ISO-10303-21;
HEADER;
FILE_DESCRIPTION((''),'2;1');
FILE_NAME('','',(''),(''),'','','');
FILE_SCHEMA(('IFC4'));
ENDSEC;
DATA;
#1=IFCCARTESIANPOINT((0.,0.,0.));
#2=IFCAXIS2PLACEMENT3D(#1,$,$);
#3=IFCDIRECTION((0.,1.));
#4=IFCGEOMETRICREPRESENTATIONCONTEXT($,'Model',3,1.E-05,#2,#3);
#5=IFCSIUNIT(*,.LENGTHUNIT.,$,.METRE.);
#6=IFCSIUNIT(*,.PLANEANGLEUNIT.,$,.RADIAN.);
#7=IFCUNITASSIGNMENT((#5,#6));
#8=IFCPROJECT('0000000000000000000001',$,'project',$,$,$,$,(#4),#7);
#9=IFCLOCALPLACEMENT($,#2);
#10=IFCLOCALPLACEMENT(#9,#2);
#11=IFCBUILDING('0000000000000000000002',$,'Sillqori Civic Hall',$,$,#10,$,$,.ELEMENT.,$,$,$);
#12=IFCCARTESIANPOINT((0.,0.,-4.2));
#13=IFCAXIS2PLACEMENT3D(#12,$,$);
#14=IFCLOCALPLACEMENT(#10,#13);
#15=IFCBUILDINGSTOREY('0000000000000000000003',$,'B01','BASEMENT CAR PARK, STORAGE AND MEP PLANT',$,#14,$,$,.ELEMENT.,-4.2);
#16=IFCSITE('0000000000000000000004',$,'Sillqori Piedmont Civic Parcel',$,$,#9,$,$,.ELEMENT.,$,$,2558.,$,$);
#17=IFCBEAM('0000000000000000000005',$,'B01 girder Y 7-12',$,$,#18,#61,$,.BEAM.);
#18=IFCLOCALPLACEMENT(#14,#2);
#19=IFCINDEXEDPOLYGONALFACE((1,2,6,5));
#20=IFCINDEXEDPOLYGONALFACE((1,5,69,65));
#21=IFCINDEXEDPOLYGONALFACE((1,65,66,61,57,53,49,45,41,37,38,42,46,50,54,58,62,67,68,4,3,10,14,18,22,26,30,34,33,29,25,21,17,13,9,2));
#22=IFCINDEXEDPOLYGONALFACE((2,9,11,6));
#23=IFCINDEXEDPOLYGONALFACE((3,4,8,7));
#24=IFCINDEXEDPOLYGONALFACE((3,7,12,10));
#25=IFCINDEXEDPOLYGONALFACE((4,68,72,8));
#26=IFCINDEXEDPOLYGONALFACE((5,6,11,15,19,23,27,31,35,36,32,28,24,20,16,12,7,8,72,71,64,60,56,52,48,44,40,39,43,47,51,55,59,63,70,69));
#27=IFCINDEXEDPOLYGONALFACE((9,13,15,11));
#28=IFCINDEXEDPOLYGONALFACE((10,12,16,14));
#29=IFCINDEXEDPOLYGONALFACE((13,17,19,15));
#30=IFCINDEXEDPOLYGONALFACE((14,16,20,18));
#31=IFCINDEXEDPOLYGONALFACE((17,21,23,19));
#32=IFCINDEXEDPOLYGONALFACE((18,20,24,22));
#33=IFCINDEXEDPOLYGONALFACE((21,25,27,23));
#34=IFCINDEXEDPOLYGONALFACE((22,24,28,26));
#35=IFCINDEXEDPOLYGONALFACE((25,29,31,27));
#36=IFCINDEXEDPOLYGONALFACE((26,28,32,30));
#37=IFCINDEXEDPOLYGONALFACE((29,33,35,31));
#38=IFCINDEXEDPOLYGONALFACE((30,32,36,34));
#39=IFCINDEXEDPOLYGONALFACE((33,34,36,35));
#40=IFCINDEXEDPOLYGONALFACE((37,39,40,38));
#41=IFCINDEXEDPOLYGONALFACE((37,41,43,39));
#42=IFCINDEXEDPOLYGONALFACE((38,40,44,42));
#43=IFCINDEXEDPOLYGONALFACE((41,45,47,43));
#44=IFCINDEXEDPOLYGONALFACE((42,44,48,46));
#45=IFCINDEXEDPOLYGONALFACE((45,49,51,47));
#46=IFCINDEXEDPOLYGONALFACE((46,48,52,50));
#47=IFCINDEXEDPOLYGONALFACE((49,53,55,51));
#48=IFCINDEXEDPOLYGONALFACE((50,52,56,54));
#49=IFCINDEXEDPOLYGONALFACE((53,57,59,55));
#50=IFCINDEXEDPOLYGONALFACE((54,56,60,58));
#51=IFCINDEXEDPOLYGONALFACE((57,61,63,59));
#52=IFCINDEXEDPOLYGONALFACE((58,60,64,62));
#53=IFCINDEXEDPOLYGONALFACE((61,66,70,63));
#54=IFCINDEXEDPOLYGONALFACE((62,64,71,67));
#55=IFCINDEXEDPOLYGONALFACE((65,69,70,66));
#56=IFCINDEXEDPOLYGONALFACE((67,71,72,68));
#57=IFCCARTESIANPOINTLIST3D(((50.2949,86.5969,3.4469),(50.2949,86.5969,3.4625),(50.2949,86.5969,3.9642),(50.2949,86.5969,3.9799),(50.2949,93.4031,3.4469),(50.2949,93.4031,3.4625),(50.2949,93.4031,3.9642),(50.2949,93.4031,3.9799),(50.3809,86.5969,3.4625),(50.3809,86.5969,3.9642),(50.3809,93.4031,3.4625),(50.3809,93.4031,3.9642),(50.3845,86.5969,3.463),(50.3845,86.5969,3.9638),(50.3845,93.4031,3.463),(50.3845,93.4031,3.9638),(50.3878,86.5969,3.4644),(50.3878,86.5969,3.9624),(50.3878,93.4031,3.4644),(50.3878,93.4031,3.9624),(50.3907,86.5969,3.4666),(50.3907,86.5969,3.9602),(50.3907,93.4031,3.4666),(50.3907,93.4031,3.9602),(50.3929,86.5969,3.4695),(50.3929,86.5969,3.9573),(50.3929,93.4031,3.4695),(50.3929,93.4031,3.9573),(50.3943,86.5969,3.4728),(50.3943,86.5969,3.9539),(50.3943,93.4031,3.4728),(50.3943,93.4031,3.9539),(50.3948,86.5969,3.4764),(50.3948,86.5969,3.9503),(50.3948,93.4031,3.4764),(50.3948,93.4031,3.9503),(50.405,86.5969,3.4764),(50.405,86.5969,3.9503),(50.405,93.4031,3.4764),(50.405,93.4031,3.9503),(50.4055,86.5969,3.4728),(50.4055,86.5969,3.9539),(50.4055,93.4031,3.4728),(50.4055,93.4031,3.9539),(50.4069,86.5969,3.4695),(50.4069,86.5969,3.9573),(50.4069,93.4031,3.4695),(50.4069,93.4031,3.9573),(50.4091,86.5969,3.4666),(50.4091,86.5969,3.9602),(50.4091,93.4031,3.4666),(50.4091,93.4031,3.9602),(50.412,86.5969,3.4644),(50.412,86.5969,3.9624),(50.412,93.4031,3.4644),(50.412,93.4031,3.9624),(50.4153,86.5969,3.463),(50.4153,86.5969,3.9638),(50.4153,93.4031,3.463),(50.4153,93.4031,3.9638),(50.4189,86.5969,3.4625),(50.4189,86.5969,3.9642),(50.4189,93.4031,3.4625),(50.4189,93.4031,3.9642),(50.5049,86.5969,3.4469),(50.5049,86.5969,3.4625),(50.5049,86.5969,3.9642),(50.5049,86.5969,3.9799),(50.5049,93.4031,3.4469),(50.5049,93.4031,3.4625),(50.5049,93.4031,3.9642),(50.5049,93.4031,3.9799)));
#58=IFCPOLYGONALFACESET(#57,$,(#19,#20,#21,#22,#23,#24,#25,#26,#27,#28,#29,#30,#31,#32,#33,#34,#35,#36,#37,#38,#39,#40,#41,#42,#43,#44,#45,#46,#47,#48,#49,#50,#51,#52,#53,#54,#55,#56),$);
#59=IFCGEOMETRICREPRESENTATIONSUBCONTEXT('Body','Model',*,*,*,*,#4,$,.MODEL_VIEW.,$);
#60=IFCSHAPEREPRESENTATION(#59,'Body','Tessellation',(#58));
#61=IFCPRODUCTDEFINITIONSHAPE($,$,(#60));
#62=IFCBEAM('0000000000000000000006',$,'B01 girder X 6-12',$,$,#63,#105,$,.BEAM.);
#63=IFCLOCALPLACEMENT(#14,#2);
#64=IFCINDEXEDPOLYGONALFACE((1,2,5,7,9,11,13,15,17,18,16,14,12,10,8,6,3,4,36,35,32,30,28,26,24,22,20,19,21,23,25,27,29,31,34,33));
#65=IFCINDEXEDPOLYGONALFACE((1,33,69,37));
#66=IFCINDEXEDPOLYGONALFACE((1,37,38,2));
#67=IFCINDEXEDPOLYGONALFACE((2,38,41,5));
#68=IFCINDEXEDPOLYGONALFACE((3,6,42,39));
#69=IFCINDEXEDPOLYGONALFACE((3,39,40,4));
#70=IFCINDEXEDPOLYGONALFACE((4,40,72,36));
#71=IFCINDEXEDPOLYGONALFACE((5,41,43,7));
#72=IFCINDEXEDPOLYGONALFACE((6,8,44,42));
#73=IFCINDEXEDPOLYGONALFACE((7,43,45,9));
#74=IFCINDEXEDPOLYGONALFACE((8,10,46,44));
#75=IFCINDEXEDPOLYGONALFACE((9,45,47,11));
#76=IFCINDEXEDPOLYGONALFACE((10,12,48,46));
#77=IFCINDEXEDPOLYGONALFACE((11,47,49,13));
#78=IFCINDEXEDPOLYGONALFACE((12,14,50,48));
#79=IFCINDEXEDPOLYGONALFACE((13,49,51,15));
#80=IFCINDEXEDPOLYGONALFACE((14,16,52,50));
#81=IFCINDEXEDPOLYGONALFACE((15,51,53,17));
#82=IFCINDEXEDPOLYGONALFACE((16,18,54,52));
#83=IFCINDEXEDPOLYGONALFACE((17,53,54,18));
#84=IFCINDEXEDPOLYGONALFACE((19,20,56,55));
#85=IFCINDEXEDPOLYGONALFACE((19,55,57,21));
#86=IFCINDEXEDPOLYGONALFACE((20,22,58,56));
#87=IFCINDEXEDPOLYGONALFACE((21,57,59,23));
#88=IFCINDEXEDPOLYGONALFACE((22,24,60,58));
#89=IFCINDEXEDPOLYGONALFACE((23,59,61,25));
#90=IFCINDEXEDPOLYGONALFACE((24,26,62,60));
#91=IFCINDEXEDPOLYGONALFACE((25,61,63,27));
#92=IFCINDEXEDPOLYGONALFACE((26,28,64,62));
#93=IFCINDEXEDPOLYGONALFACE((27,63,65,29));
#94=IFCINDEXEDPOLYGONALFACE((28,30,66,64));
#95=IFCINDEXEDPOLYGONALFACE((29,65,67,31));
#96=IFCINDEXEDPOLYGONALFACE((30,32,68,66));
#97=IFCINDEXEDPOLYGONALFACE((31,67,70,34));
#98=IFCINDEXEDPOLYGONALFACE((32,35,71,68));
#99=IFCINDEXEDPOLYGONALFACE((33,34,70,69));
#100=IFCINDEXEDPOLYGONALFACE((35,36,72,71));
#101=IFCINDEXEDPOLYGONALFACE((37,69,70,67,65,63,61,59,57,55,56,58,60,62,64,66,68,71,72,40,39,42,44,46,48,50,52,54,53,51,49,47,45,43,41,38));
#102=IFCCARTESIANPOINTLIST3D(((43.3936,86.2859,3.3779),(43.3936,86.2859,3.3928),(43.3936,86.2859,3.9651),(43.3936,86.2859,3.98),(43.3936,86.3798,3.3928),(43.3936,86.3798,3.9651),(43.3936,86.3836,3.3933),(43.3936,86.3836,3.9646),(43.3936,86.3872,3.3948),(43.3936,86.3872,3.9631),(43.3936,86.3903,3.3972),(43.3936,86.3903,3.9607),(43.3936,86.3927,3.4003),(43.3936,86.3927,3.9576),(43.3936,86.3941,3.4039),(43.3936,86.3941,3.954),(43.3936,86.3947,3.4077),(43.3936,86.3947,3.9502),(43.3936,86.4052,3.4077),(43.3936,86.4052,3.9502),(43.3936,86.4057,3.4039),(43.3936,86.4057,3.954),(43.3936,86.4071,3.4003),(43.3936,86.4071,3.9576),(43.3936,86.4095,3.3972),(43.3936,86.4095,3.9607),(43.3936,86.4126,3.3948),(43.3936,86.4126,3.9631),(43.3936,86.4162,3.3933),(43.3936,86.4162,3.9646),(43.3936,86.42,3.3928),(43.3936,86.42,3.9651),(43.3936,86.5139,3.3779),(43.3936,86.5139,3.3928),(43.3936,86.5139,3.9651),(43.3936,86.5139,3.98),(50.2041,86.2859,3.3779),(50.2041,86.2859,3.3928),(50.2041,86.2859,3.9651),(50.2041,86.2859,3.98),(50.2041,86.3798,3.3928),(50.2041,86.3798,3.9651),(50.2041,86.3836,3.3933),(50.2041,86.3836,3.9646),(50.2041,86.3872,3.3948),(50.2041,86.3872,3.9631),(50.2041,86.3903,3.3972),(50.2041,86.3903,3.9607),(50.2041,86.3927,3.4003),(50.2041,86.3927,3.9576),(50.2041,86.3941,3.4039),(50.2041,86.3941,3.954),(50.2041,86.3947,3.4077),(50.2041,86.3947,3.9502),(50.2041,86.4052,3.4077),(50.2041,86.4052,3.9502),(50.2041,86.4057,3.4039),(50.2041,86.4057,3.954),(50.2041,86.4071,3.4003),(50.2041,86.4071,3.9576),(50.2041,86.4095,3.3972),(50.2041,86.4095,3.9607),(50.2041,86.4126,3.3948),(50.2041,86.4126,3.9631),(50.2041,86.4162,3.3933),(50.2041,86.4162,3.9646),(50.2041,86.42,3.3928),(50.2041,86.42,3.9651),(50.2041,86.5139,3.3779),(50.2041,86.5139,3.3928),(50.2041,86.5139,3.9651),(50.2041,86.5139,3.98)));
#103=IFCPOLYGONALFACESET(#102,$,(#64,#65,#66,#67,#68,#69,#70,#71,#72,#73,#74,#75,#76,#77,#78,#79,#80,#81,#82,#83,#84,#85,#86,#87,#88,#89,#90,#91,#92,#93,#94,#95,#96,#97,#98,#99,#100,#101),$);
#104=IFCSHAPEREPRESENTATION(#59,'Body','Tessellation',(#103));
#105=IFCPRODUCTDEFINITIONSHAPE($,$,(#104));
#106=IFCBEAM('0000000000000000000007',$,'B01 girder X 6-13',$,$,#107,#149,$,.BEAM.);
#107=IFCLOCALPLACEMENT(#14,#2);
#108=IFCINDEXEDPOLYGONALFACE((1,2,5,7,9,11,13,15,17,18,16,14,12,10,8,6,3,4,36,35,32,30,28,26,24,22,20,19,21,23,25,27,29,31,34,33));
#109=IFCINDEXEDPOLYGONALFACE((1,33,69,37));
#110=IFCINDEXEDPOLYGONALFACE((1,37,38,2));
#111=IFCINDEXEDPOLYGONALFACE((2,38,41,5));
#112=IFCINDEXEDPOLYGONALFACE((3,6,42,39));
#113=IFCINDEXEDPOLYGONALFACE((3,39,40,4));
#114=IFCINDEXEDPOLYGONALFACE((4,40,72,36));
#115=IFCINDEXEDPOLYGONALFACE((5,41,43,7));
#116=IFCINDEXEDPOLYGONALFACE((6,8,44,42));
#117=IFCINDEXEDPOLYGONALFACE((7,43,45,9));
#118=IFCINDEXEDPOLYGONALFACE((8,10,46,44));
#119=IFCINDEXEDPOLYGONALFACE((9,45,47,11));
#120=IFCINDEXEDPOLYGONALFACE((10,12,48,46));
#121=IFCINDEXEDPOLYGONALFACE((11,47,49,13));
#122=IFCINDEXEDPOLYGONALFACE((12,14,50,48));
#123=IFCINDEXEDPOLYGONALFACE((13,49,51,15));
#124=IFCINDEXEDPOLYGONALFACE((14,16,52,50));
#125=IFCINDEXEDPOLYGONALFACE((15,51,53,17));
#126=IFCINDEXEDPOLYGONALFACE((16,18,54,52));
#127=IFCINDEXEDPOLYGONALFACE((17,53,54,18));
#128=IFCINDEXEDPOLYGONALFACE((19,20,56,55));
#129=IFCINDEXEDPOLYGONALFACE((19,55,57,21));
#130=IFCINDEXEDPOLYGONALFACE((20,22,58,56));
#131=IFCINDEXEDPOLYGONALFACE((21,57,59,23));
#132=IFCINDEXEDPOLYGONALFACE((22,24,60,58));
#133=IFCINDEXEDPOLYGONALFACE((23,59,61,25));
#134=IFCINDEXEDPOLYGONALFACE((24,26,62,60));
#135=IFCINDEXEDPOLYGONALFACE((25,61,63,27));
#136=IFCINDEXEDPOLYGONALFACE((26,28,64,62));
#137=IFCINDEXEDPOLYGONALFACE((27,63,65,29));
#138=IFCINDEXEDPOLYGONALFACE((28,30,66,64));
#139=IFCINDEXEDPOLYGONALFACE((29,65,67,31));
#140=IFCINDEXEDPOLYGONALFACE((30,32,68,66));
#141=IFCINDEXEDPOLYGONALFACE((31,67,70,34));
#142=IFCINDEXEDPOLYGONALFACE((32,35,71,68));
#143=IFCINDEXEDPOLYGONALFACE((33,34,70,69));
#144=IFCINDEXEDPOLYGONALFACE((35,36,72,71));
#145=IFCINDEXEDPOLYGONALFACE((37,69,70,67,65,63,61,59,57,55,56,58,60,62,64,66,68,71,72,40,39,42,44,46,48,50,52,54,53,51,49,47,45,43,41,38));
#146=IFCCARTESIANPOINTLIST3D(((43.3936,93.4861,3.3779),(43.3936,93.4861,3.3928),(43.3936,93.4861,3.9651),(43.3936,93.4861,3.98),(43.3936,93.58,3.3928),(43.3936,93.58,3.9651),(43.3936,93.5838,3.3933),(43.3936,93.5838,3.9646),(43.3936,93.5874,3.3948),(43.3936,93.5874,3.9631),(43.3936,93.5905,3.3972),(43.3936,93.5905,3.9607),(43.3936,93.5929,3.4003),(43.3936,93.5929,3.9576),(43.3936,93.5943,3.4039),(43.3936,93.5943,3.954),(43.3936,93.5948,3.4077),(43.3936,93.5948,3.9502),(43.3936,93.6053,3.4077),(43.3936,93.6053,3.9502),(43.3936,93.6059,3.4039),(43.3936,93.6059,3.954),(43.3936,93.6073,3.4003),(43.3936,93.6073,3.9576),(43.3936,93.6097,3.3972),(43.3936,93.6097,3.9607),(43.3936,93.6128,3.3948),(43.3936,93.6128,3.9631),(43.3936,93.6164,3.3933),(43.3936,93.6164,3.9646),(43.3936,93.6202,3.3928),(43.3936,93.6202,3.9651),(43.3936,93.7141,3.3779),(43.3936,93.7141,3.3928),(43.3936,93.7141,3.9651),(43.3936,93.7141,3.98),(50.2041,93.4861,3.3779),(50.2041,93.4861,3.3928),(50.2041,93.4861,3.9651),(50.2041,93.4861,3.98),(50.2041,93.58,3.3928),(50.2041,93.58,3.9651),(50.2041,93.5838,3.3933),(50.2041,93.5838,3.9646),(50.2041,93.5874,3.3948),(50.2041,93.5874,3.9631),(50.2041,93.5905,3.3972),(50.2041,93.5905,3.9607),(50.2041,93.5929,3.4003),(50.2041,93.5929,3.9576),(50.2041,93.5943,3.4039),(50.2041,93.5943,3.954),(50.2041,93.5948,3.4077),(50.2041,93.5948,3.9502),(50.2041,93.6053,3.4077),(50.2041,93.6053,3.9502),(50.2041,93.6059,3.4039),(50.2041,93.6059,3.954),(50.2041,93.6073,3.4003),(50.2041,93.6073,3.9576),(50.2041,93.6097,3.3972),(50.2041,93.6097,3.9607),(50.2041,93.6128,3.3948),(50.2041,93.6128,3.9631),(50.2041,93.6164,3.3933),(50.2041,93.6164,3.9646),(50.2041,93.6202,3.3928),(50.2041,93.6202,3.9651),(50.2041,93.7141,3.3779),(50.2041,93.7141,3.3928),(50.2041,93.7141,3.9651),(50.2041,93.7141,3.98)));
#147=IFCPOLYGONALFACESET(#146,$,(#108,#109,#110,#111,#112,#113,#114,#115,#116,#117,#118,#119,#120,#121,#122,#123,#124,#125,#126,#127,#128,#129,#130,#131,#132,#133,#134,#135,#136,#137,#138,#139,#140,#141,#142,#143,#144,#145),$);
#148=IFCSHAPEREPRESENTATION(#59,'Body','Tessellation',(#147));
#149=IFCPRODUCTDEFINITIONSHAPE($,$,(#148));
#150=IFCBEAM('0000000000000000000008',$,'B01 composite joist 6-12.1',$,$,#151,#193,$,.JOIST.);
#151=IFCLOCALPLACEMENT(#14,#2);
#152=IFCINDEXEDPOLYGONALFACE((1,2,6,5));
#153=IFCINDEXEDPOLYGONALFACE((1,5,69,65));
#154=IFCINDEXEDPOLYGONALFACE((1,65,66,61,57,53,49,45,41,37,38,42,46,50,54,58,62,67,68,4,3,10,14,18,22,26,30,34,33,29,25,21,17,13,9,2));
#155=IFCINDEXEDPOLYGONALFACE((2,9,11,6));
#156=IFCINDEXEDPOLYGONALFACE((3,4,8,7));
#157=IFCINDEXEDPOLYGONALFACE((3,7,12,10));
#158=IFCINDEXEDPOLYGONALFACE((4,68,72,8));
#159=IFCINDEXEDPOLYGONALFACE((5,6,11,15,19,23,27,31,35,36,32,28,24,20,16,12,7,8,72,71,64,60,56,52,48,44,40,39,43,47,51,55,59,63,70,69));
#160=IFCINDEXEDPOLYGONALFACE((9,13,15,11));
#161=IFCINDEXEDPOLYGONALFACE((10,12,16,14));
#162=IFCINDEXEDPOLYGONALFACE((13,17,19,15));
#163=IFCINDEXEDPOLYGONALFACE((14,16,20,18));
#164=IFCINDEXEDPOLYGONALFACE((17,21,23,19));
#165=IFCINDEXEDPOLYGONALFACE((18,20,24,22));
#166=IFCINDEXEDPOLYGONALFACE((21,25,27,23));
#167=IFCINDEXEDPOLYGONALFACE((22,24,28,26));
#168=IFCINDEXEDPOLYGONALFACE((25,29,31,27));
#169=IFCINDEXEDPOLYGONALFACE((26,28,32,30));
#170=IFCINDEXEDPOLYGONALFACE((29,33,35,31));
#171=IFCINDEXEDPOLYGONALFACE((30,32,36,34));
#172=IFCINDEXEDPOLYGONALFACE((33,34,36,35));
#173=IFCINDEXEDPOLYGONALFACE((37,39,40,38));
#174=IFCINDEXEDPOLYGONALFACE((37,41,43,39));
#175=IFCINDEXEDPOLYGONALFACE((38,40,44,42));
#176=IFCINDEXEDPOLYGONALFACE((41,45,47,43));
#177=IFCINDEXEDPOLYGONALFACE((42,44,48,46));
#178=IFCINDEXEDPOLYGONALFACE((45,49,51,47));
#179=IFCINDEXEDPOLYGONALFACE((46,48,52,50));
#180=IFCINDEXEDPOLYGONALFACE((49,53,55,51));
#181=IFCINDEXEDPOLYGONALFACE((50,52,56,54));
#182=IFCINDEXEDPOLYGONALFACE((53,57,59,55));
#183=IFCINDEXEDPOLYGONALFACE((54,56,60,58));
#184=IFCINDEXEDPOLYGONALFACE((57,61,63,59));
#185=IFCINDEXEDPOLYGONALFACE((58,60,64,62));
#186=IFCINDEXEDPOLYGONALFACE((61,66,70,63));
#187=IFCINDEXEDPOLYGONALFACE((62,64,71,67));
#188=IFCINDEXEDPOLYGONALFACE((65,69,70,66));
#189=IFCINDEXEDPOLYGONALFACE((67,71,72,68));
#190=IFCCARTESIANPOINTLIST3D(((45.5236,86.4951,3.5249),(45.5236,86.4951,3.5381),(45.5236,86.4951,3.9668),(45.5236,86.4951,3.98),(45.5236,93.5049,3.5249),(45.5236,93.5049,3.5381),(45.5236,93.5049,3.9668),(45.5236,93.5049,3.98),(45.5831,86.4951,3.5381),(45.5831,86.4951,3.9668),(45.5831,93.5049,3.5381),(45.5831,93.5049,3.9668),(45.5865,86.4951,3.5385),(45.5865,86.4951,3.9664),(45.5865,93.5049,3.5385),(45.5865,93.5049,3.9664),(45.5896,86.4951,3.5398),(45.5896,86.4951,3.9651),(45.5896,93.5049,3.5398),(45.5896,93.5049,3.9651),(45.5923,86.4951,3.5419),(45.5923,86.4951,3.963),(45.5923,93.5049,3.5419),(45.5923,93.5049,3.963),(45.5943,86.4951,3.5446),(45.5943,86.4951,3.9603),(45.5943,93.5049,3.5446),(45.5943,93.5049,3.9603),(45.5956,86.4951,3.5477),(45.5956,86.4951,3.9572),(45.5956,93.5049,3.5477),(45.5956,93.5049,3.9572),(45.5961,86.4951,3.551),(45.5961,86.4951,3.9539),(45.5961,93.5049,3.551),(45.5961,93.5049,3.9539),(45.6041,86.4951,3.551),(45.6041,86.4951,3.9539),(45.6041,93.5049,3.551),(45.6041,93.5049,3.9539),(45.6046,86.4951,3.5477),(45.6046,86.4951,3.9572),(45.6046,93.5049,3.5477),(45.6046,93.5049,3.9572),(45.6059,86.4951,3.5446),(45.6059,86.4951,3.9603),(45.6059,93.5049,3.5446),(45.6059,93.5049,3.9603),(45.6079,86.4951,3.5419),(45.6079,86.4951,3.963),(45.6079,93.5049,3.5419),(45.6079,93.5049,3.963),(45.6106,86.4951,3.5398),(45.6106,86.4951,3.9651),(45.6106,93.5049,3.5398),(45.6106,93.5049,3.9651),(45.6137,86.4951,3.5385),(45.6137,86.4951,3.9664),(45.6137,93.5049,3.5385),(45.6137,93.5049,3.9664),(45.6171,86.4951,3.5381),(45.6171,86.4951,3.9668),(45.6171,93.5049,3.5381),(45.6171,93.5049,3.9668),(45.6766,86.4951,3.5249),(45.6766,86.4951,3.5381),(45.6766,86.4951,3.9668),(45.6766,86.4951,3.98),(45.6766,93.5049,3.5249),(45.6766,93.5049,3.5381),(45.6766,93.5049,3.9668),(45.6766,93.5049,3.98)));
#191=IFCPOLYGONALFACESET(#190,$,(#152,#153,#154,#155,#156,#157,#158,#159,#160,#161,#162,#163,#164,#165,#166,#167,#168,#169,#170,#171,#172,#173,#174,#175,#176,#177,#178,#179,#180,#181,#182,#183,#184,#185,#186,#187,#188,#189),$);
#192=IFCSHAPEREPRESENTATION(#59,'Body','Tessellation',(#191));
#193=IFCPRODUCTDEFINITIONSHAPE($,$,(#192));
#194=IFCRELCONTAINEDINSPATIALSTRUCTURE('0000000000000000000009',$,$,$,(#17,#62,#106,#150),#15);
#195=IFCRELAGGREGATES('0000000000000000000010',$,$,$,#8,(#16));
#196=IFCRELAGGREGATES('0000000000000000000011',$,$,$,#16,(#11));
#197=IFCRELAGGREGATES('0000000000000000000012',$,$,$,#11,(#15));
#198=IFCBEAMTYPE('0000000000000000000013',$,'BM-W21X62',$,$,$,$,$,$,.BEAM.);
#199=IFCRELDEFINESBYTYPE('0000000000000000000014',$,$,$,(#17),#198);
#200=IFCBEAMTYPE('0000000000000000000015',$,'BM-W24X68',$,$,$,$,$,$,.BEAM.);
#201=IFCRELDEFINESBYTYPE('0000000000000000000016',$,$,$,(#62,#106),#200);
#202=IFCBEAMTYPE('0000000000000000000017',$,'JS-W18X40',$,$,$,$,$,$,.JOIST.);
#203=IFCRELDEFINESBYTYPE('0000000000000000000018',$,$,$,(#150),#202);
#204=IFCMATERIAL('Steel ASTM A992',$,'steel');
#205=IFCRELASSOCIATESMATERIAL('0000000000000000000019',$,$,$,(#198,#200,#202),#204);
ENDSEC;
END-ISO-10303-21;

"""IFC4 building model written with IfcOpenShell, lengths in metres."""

from ifc_helpers import new_model, si_unit, direction, frame, origin, origin_2d, place, context, subcontext, project, spatial, i_section, extrude, material, material_profile, profile_set, type_object, element, save


model = new_model("IFC4")

# Units and contexts
model_context = context("Model", 3, precision=1e-05, world=origin(), true_north=direction((0.0, 1.0)))
body_context = subcontext(model_context, "Body", "Model", "MODEL_VIEW")
ifc_project = project(units=[si_unit("LENGTHUNIT", "METRE"), si_unit("PLANEANGLEUNIT", "RADIAN")], contexts=[model_context])

# Site, building, storey
site_placement = place(None, origin())
site = spatial("IfcSite", under=ifc_project, at=site_placement, Name="Sillqori Piedmont Civic Parcel", CompositionType="ELEMENT", RefElevation=2558.0)
building_placement = place(site_placement, origin())
building = spatial("IfcBuilding", under=site, at=building_placement, Name="Sillqori Civic Hall", CompositionType="ELEMENT")
storey_placement = place(building_placement, frame((0.0, 0.0, -4.2)))
storey = spatial("IfcBuildingStorey", under=building, at=storey_placement, Name="B01", Description="BASEMENT CAR PARK, STORAGE AND MEP PLANT", CompositionType="ELEMENT", Elevation=-4.2)

# Shared definitions
ifc_material_1 = material(Name="Steel ASTM A992", Category="steel")

# Beams
ifc_material_profile_1 = material_profile(ifc_material_1, i_section(OverallWidth=0.21, OverallDepth=0.533, WebThickness=0.0103, FlangeThickness=0.0156, FilletRadius=0.0139, at=origin_2d()), Name="W21X62")
ifc_profile_set_1 = profile_set([ifc_material_profile_1], Name="Steel ASTM A992")
beam_type_1 = type_object("IfcBeamType", Name="BM-W21X62", PredefinedType="BEAM", material=ifc_profile_set_1)
beam_1_placement = place(storey_placement, frame((50.3999, 86.5969, 3.7134), z_axis=(0.0, 1.0, 0.0), x_axis=(-1.0, 0.0, 0.0)))
element("IfcBeam", 1, at=beam_1_placement, inside=storey, type_object=beam_type_1, Name="B01 girder Y 7-12", PredefinedType="BEAM", context=body_context, shape_type="SweptSolid", body=[
    extrude(i_section(OverallWidth=0.21, OverallDepth=0.533, WebThickness=0.0103, FlangeThickness=0.0156, FilletRadius=0.0139, at=origin_2d()), origin(), (0.0, 0.0, 1.0), 6.8062),
])
ifc_material_profile_2 = material_profile(ifc_material_1, i_section(OverallWidth=0.228, OverallDepth=0.6021, WebThickness=0.0105, FlangeThickness=0.0149, FilletRadius=0.0149, at=origin_2d()), Name="W24X68")
ifc_profile_set_2 = profile_set([ifc_material_profile_2], Name="Steel ASTM A992")
beam_type_2 = type_object("IfcBeamType", Name="BM-W24X68", PredefinedType="BEAM", material=ifc_profile_set_2)
for number, where, z_axis, x_axis, name in (
    (2, (43.3936, 86.3999, 3.679), (1.0, 0.0, 0.0), (0.0, 1.0, 0.0), "B01 girder X 6-12"),
    (3, (43.3936, 93.6001, 3.679), (1.0, 0.0, 0.0), (0.0, 1.0, 0.0), "B01 girder X 6-13"),
):
    element("IfcBeam", number, at=place(storey_placement, frame(where, z_axis=z_axis, x_axis=x_axis)), inside=storey, type_object=beam_type_2, Name=name, PredefinedType="BEAM", context=body_context, shape_type="SweptSolid", body=[
        extrude(i_section(OverallWidth=0.228, OverallDepth=0.6021, WebThickness=0.0105, FlangeThickness=0.0149, FilletRadius=0.0149, at=origin_2d()), origin(), (0.0, 0.0, 1.0), 6.8105),
    ])
ifc_material_profile_3 = material_profile(ifc_material_1, i_section(OverallWidth=0.1531, OverallDepth=0.4551, WebThickness=0.0081, FlangeThickness=0.0132, FilletRadius=0.0129, at=origin_2d()), Name="W18X40")
ifc_profile_set_3 = profile_set([ifc_material_profile_3], Name="Steel ASTM A992")
beam_type_3 = type_object("IfcBeamType", Name="JS-W18X40", PredefinedType="JOIST", material=ifc_profile_set_3)
for number, where, z_axis, x_axis, name in (
    (4, (45.6001, 86.4951, 3.7524), (0.0, 1.0, 0.0), (-1.0, 0.0, 0.0), "B01 composite joist 6-12.1"),
):
    element("IfcBeam", number, at=place(storey_placement, frame(where, z_axis=z_axis, x_axis=x_axis)), inside=storey, type_object=beam_type_3, Name=name, PredefinedType="JOIST", context=body_context, shape_type="SweptSolid", body=[
        extrude(i_section(OverallWidth=0.1531, OverallDepth=0.4551, WebThickness=0.0081, FlangeThickness=0.0132, FilletRadius=0.0129, at=origin_2d()), origin(), (0.0, 0.0, 1.0), 7.0098),
    ])

save(model, "model.ifc")
